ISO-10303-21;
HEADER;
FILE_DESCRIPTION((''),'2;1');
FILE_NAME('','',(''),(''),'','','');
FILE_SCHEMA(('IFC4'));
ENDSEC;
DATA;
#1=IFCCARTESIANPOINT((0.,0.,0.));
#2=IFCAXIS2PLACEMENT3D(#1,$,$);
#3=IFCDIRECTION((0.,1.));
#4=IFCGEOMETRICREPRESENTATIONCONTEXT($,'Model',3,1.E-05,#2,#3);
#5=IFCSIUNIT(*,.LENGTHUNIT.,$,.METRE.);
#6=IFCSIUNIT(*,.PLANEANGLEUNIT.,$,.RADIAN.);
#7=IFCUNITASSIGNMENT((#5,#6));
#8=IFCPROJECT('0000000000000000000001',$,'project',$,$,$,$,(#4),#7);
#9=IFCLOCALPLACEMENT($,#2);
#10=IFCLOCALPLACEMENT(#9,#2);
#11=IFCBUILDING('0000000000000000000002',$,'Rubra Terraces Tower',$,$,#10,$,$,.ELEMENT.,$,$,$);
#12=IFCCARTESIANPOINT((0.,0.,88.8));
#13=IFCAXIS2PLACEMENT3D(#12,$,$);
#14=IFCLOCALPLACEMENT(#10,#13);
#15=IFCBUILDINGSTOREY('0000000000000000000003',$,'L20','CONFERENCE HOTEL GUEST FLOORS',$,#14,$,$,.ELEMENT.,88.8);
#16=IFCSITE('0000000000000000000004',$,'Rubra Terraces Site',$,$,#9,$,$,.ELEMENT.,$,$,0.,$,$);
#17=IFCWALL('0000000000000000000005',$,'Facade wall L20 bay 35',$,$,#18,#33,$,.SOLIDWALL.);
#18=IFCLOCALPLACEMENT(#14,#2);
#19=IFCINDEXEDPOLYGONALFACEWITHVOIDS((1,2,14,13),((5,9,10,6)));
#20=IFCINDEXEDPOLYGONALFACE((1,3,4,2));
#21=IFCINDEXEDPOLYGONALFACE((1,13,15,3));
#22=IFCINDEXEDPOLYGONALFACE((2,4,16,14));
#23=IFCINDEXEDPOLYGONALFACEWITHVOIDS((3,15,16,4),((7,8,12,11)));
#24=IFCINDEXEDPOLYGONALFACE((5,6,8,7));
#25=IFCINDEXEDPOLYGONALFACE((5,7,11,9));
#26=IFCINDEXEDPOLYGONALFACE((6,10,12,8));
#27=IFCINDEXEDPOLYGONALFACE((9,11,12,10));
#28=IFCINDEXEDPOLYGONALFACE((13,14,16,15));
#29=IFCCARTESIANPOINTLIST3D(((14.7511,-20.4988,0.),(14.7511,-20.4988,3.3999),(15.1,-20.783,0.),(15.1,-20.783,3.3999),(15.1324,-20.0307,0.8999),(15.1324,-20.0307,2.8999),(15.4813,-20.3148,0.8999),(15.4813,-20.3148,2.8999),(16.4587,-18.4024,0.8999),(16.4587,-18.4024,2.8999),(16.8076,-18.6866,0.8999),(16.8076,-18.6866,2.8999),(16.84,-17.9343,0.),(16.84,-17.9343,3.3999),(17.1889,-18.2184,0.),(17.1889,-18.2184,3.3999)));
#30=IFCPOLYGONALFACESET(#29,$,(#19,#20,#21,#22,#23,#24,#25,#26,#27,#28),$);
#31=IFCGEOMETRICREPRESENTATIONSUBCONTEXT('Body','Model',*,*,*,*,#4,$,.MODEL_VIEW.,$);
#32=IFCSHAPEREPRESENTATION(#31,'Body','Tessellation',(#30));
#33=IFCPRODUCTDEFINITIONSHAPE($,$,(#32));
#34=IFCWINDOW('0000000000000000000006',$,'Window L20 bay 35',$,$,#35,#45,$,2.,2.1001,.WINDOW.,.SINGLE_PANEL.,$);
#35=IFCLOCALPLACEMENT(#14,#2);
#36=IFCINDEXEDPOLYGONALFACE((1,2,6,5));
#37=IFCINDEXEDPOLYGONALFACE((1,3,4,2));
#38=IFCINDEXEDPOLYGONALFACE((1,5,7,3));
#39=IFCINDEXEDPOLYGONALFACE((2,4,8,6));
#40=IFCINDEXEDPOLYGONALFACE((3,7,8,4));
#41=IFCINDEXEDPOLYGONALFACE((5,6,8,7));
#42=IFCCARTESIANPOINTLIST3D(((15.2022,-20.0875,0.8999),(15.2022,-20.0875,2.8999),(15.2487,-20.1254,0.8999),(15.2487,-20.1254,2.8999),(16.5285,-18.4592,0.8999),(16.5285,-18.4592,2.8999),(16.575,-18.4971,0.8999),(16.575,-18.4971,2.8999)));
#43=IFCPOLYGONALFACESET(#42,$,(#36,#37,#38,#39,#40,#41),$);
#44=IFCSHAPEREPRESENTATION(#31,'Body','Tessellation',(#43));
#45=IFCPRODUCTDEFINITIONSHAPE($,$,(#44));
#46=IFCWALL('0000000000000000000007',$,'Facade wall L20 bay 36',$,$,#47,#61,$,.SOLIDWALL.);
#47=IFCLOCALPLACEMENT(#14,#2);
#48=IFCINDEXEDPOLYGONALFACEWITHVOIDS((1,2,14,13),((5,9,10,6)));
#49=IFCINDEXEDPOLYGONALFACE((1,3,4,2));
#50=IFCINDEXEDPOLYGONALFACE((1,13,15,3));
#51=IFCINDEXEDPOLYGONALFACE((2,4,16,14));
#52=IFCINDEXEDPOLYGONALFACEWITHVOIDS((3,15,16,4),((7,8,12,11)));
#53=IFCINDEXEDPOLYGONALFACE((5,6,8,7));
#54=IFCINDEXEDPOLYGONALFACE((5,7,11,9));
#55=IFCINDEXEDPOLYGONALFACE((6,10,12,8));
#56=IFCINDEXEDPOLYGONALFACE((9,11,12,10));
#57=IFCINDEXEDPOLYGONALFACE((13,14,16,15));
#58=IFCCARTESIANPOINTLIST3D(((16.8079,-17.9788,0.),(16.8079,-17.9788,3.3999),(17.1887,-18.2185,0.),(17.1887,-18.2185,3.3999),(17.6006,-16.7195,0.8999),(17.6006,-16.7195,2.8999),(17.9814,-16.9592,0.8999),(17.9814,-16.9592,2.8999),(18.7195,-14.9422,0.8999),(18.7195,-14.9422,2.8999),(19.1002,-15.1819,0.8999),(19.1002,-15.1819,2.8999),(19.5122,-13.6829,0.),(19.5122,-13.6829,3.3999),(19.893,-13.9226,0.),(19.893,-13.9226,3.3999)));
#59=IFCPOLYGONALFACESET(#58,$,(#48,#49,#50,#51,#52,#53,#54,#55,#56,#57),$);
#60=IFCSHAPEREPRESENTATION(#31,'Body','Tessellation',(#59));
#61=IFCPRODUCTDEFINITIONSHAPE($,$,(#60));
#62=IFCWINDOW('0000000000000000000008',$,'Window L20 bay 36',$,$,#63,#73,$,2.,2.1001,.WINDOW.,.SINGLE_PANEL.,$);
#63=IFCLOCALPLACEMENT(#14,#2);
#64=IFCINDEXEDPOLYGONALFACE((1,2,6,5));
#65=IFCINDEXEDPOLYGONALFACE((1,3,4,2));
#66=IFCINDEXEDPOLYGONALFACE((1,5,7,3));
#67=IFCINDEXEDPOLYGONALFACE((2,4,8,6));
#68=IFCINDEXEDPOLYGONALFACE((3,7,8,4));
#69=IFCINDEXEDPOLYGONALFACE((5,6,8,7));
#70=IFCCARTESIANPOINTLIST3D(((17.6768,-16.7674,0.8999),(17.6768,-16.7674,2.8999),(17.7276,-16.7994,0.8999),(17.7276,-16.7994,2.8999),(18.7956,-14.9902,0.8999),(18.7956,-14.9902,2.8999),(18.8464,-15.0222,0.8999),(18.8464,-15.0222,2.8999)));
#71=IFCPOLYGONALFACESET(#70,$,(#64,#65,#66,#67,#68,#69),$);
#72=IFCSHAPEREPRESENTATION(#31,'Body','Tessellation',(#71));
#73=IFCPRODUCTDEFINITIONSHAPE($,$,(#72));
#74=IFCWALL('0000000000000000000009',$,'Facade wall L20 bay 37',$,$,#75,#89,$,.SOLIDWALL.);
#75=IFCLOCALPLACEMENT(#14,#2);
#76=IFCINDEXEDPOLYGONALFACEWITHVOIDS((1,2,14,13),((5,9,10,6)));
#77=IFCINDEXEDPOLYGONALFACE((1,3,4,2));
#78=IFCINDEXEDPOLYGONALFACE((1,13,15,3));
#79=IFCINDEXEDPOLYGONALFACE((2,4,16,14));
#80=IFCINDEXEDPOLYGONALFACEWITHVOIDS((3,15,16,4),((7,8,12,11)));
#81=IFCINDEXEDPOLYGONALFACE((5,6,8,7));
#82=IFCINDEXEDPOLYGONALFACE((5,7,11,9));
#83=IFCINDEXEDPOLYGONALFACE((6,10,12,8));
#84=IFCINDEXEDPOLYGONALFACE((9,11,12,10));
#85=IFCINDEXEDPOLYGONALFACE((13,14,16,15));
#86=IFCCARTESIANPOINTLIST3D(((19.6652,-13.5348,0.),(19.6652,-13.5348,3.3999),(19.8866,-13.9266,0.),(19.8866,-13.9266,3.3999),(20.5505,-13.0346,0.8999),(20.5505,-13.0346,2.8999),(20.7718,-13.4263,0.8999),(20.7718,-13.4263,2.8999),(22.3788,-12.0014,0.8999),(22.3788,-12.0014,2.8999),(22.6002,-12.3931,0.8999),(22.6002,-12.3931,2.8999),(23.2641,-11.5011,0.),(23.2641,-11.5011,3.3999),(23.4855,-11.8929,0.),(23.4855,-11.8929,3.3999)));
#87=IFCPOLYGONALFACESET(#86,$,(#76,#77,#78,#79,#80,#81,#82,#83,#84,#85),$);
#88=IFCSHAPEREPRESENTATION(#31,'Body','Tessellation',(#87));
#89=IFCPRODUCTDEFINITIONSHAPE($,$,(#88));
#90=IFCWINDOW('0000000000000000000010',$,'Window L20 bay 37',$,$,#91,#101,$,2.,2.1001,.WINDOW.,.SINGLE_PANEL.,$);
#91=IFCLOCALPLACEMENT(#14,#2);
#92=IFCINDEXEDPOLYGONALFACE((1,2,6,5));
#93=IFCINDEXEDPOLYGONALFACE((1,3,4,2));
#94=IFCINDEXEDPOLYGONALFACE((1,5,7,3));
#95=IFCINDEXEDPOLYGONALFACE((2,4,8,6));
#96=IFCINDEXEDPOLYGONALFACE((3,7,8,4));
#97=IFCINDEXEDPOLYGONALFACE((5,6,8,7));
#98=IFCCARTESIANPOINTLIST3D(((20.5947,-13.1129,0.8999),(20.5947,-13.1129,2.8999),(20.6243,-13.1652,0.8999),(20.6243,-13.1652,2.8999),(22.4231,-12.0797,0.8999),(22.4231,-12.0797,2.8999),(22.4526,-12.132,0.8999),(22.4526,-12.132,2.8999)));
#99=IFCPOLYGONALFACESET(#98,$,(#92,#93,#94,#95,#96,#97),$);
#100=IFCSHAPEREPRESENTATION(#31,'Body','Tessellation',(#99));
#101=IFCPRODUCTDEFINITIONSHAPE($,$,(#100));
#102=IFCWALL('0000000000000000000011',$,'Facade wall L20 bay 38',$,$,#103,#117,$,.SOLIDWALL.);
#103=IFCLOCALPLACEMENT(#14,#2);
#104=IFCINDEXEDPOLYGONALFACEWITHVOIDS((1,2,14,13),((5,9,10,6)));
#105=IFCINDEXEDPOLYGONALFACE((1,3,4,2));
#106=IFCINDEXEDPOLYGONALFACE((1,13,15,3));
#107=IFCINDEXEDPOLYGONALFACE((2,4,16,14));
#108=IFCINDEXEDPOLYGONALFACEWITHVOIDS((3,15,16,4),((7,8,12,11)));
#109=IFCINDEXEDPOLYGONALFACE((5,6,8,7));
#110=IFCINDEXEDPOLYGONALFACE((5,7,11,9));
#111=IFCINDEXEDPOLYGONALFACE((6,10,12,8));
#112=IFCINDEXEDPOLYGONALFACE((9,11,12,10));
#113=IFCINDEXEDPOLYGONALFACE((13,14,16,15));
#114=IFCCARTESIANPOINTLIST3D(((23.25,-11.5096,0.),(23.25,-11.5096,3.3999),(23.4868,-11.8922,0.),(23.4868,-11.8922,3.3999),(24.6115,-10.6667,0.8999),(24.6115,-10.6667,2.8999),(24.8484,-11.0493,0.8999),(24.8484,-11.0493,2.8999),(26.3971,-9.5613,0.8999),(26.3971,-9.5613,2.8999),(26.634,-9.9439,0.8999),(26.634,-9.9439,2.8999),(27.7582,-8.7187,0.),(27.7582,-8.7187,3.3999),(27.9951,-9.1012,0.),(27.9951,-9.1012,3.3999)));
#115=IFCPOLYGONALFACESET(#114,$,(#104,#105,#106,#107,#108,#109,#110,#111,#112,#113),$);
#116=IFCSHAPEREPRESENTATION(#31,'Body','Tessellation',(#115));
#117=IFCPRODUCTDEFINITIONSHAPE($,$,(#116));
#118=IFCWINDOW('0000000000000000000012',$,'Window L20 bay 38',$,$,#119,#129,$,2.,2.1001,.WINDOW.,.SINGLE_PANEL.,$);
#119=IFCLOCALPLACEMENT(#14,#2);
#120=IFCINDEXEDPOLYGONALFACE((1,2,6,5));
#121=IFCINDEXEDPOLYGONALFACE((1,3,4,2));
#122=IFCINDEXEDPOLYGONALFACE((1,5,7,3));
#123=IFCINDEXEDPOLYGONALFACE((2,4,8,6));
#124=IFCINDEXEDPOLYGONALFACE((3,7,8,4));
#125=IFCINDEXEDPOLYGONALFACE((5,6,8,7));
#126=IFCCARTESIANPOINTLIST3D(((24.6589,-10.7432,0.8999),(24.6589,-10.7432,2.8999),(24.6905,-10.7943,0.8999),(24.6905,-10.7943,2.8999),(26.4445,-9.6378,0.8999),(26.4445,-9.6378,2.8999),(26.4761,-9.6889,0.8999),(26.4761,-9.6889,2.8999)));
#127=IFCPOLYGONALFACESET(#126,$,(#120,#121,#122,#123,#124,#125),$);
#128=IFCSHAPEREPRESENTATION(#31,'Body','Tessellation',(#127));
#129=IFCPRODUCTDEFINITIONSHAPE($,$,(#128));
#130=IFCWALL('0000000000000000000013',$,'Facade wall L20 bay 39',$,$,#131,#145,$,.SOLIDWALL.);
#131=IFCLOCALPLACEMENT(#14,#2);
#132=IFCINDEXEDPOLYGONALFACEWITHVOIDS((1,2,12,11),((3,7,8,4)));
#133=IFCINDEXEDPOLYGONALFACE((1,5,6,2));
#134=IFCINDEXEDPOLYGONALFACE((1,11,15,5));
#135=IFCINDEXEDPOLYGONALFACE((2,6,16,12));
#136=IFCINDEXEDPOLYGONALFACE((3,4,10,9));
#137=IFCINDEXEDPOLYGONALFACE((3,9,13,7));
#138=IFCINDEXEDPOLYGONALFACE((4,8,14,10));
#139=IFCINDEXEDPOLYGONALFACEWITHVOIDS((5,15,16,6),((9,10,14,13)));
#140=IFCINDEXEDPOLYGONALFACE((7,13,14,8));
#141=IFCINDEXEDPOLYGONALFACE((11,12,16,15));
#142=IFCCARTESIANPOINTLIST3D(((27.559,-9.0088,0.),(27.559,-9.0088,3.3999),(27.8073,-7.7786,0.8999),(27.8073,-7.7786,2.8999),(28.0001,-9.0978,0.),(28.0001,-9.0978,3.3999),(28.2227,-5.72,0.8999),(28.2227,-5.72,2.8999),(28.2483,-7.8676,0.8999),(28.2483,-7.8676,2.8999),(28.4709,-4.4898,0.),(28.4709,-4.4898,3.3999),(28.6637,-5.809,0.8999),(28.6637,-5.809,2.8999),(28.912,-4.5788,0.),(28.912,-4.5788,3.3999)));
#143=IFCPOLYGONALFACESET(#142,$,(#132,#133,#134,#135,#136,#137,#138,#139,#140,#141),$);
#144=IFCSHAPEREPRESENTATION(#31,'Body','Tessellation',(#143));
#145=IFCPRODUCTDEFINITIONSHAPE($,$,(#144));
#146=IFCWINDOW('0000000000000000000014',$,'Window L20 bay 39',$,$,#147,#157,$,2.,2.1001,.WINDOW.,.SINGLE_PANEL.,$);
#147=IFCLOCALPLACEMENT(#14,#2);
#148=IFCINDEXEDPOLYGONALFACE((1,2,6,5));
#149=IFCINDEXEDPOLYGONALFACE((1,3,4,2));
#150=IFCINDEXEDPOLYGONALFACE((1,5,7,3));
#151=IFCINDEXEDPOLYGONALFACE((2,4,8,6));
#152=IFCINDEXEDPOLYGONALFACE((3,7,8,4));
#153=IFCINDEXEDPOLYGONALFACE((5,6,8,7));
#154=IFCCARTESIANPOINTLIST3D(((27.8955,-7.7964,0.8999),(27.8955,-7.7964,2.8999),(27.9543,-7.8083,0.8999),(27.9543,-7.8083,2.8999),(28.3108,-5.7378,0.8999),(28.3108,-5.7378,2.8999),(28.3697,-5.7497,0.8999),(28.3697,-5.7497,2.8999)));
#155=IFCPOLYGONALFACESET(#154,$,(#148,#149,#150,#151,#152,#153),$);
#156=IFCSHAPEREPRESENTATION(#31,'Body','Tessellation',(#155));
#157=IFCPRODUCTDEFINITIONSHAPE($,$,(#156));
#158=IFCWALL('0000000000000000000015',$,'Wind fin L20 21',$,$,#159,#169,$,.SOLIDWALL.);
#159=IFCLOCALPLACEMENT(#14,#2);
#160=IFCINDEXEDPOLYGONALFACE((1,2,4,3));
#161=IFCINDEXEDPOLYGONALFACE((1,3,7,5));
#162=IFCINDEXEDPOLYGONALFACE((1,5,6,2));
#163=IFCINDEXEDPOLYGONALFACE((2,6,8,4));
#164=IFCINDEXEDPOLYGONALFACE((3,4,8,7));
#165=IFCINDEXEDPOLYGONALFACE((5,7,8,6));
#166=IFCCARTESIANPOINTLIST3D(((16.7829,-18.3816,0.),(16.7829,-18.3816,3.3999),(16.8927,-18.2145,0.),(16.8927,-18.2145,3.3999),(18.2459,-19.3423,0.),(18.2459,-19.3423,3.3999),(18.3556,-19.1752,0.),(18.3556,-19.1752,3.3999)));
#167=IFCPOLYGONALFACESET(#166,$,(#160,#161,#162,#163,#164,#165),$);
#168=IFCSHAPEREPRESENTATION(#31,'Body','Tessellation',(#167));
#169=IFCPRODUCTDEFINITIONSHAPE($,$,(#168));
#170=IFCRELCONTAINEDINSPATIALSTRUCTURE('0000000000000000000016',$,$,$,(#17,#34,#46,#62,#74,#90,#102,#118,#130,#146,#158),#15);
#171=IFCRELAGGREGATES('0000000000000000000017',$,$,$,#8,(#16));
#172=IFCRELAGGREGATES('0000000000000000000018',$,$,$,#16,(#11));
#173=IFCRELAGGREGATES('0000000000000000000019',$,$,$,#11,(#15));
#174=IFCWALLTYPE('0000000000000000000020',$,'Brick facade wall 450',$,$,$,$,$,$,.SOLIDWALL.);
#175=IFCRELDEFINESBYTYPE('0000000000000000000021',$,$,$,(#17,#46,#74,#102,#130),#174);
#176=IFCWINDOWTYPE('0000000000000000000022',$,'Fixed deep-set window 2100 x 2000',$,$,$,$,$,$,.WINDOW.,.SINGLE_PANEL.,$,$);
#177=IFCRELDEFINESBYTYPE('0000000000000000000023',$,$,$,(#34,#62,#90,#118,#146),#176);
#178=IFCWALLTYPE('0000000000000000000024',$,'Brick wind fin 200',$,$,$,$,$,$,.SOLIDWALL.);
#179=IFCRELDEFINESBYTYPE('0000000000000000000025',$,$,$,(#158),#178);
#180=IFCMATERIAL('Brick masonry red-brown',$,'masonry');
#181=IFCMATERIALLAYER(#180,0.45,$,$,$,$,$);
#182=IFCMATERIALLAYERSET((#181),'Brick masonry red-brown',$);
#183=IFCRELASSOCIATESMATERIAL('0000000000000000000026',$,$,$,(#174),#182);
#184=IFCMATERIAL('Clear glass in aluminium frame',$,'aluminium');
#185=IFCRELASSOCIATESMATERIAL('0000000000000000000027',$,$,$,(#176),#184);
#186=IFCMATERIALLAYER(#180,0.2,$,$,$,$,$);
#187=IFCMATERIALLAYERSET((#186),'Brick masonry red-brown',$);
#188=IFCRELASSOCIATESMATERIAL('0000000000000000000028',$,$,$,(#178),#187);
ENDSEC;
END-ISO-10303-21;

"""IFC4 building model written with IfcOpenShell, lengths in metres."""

from ifc_helpers import new_model, si_unit, direction, frame, frame_2d, origin, place, context, subcontext, project, spatial, rectangle, extrude, material, layer, layer_set, type_object, element, fill, save


model = new_model("IFC4")

# Units and contexts
model_context = context("Model", 3, precision=1e-05, world=origin(), true_north=direction((0.0, 1.0)))
body_context = subcontext(model_context, "Body", "Model", "MODEL_VIEW")
ifc_project = project(units=[si_unit("LENGTHUNIT", "METRE"), si_unit("PLANEANGLEUNIT", "RADIAN")], contexts=[model_context])

# Site, building, storey
site_placement = place(None, origin())
site = spatial("IfcSite", under=ifc_project, at=site_placement, Name="Rubra Terraces Site", CompositionType="ELEMENT", RefElevation=0.0)
building_placement = place(site_placement, origin())
building = spatial("IfcBuilding", under=site, at=building_placement, Name="Rubra Terraces Tower", CompositionType="ELEMENT")
storey_placement = place(building_placement, frame((0.0, 0.0, 88.8)))
storey = spatial("IfcBuildingStorey", under=building, at=storey_placement, Name="L20", Description="CONFERENCE HOTEL GUEST FLOORS", CompositionType="ELEMENT", Elevation=88.8)

# Walls, openings, windows
ifc_material_1 = material(Name="Brick masonry red-brown", Category="masonry")
ifc_layer_1 = layer(ifc_material_1, 0.45)
ifc_layer_set_1 = layer_set([ifc_layer_1], Name="Brick masonry red-brown")
wall_type_1 = type_object("IfcWallType", Name="Brick facade wall 450", PredefinedType="SOLIDWALL", material=ifc_layer_set_1)
wall_1_placement = place(storey_placement, frame((14.9255, -20.6409, 0.0), z_axis=(0.0, 0.0, 1.0), x_axis=(0.631548, 0.775337, 0.0)))
wall_1 = element("IfcWall", 1, at=wall_1_placement, inside=storey, type_object=wall_type_1, Name="Facade wall L20 bay 35", PredefinedType="SOLIDWALL", context=body_context, shape_type="SweptSolid", body=[
    extrude(rectangle(XDim=3.3076, YDim=0.45, at=frame_2d((1.6538, 0.0))), origin(), (0.0, 0.0, 1.0), 3.3999),
])
opening_1_placement = place(wall_1_placement, frame((0.6038, 0.0, 0.8999)))
opening_1 = element("IfcOpeningElement", 2, at=opening_1_placement, cuts=wall_1, PredefinedType="OPENING", context=body_context, shape_type="SweptSolid", body=[
    extrude(rectangle(XDim=2.1001, YDim=2.0, at=frame_2d((1.05, 1.0))), frame((0.0, 0.2349, 0.0), z_axis=(0.0, -1.0, 0.0), x_axis=(1.0, 0.0, 0.0)), (0.0, 0.0, 1.0), 0.47),
])
ifc_material_2 = material(Name="Clear glass in aluminium frame", Category="aluminium")
window_type = type_object("IfcWindowType", Name="Fixed deep-set window 2100 x 2000", PartitioningType="SINGLE_PANEL", PredefinedType="WINDOW", material=ifc_material_2)
window_1_placement = place(opening_1_placement, origin())
window_1 = element("IfcWindow", 3, at=window_1_placement, inside=storey, type_object=window_type, Name="Window L20 bay 35", OverallHeight=2.0, OverallWidth=2.1001, PartitioningType="SINGLE_PANEL", PredefinedType="WINDOW", context=body_context, shape_type="SweptSolid", body=[
    extrude(rectangle(XDim=2.1001, YDim=2.0, at=frame_2d((1.05, 1.0))), frame((0.0, 0.135, 0.0), z_axis=(0.0, -1.0, 0.0), x_axis=(1.0, 0.0, 0.0)), (0.0, 0.0, 1.0), 0.0601),
])
fill(opening_1, window_1)
wall_2_placement = place(storey_placement, frame((16.9983, -18.0986, 0.0), z_axis=(0.0, 0.0, 1.0), x_axis=(0.532746, 0.846275, 0.0)))
wall_2 = element("IfcWall", 4, at=wall_2_placement, inside=storey, type_object=wall_type_1, Name="Facade wall L20 bay 36", PredefinedType="SOLIDWALL", context=body_context, shape_type="SweptSolid", body=[
    extrude(rectangle(XDim=5.0762, YDim=0.45, at=frame_2d((2.5381, 0.0))), origin(), (0.0, 0.0, 1.0), 3.3999),
])
opening_2_placement = place(wall_2_placement, frame((1.488, 0.0, 0.8999)))
opening_2 = element("IfcOpeningElement", 5, at=opening_2_placement, cuts=wall_2, PredefinedType="OPENING", context=body_context, shape_type="SweptSolid", body=[
    extrude(rectangle(XDim=2.1001, YDim=2.0, at=frame_2d((1.05, 1.0))), frame((0.0, 0.2349, 0.0), z_axis=(0.0, -1.0, 0.0), x_axis=(1.0, 0.0, 0.0)), (0.0, 0.0, 1.0), 0.47),
])
window_2_placement = place(opening_2_placement, origin())
window_2 = element("IfcWindow", 6, at=window_2_placement, inside=storey, type_object=window_type, Name="Window L20 bay 36", OverallHeight=2.0, OverallWidth=2.1001, PartitioningType="SINGLE_PANEL", PredefinedType="WINDOW", context=body_context, shape_type="SweptSolid", body=[
    extrude(rectangle(XDim=2.1001, YDim=2.0, at=frame_2d((1.05, 1.0))), frame((0.0, 0.135, 0.0), z_axis=(0.0, -1.0, 0.0), x_axis=(1.0, 0.0, 0.0)), (0.0, 0.0, 1.0), 0.0601),
])
fill(opening_2, window_2)
wall_3_placement = place(storey_placement, frame((19.7759, -13.7307, 0.0), z_axis=(0.0, 0.0, 1.0), x_axis=(0.87061, 0.491974, 0.0)))
wall_3 = element("IfcWall", 7, at=wall_3_placement, inside=storey, type_object=wall_type_1, Name="Facade wall L20 bay 37", PredefinedType="SOLIDWALL", context=body_context, shape_type="SweptSolid", body=[
    extrude(rectangle(XDim=4.1338, YDim=0.45, at=frame_2d((2.0669, 0.0))), origin(), (0.0, 0.0, 1.0), 3.3999),
])
opening_3_placement = place(wall_3_placement, frame((1.0168, 0.0, 0.8999)))
opening_3 = element("IfcOpeningElement", 8, at=opening_3_placement, cuts=wall_3, PredefinedType="OPENING", context=body_context, shape_type="SweptSolid", body=[
    extrude(rectangle(XDim=2.1001, YDim=2.0, at=frame_2d((1.05, 1.0))), frame((0.0, 0.2349, 0.0), z_axis=(0.0, -1.0, 0.0), x_axis=(1.0, 0.0, 0.0)), (0.0, 0.0, 1.0), 0.47),
])
window_3_placement = place(opening_3_placement, origin())
window_3 = element("IfcWindow", 9, at=window_3_placement, inside=storey, type_object=window_type, Name="Window L20 bay 37", OverallHeight=2.0, OverallWidth=2.1001, PartitioningType="SINGLE_PANEL", PredefinedType="WINDOW", context=body_context, shape_type="SweptSolid", body=[
    extrude(rectangle(XDim=2.1001, YDim=2.0, at=frame_2d((1.05, 1.0))), frame((0.0, 0.135, 0.0), z_axis=(0.0, -1.0, 0.0), x_axis=(1.0, 0.0, 0.0)), (0.0, 0.0, 1.0), 0.0601),
])
fill(opening_3, window_3)
wall_4_placement = place(storey_placement, frame((23.3684, -11.7009, 0.0), z_axis=(0.0, 0.0, 1.0), x_axis=(0.850251, 0.526377, 0.0)))
wall_4 = element("IfcWall", 10, at=wall_4_placement, inside=storey, type_object=wall_type_1, Name="Facade wall L20 bay 38", PredefinedType="SOLIDWALL", context=body_context, shape_type="SweptSolid", body=[
    extrude(rectangle(XDim=5.3022, YDim=0.45, at=frame_2d((2.6511, 0.0))), origin(), (0.0, 0.0, 1.0), 3.3999),
])
opening_4_placement = place(wall_4_placement, frame((1.6013, 0.0, 0.8999)))
opening_4 = element("IfcOpeningElement", 11, at=opening_4_placement, cuts=wall_4, PredefinedType="OPENING", context=body_context, shape_type="SweptSolid", body=[
    extrude(rectangle(XDim=2.1001, YDim=2.0, at=frame_2d((1.05, 1.0))), frame((0.0, 0.2349, 0.0), z_axis=(0.0, -1.0, 0.0), x_axis=(1.0, 0.0, 0.0)), (0.0, 0.0, 1.0), 0.47),
])
window_4_placement = place(opening_4_placement, origin())
window_4 = element("IfcWindow", 12, at=window_4_placement, inside=storey, type_object=window_type, Name="Window L20 bay 38", OverallHeight=2.0, OverallWidth=2.1001, PartitioningType="SINGLE_PANEL", PredefinedType="WINDOW", context=body_context, shape_type="SweptSolid", body=[
    extrude(rectangle(XDim=2.1001, YDim=2.0, at=frame_2d((1.05, 1.0))), frame((0.0, 0.135, 0.0), z_axis=(0.0, -1.0, 0.0), x_axis=(1.0, 0.0, 0.0)), (0.0, 0.0, 1.0), 0.0601),
])
fill(opening_4, window_4)
wall_5_placement = place(storey_placement, frame((27.7795, -9.0535, 0.0), z_axis=(0.0, 0.0, 1.0), x_axis=(0.197796, 0.980243, 0.0)))
wall_5 = element("IfcWall", 13, at=wall_5_placement, inside=storey, type_object=wall_type_1, Name="Facade wall L20 bay 39", PredefinedType="SOLIDWALL", context=body_context, shape_type="SweptSolid", body=[
    extrude(rectangle(XDim=4.6101, YDim=0.45, at=frame_2d((2.3052, 0.0))), origin(), (0.0, 0.0, 1.0), 3.3999),
])
opening_5_placement = place(wall_5_placement, frame((1.2551, 0.0, 0.8999)))
opening_5 = element("IfcOpeningElement", 14, at=opening_5_placement, cuts=wall_5, PredefinedType="OPENING", context=body_context, shape_type="SweptSolid", body=[
    extrude(rectangle(XDim=2.1001, YDim=2.0, at=frame_2d((1.05, 1.0))), frame((0.0, 0.2349, 0.0), z_axis=(0.0, -1.0, 0.0), x_axis=(1.0, 0.0, 0.0)), (0.0, 0.0, 1.0), 0.47),
])
window_5_placement = place(opening_5_placement, origin())
window_5 = element("IfcWindow", 15, at=window_5_placement, inside=storey, type_object=window_type, Name="Window L20 bay 39", OverallHeight=2.0, OverallWidth=2.1001, PartitioningType="SINGLE_PANEL", PredefinedType="WINDOW", context=body_context, shape_type="SweptSolid", body=[
    extrude(rectangle(XDim=2.1001, YDim=2.0, at=frame_2d((1.05, 1.0))), frame((0.0, 0.135, 0.0), z_axis=(0.0, -1.0, 0.0), x_axis=(1.0, 0.0, 0.0)), (0.0, 0.0, 1.0), 0.0601),
])
fill(opening_5, window_5)

# Wall
ifc_layer_2 = layer(ifc_material_1, 0.2)
ifc_layer_set_2 = layer_set([ifc_layer_2], Name="Brick masonry red-brown")
wall_type_2 = type_object("IfcWallType", Name="Brick wind fin 200", PredefinedType="SOLIDWALL", material=ifc_layer_set_2)
wall_6_placement = place(storey_placement, frame((16.8379, -18.2981, 0.0), z_axis=(0.0, 0.0, 1.0), x_axis=(0.835872, -0.548925, 0.0)))
element("IfcWall", 16, at=wall_6_placement, inside=storey, type_object=wall_type_2, Name="Wind fin L20 21", PredefinedType="SOLIDWALL", context=body_context, shape_type="SweptSolid", body=[
    extrude(rectangle(XDim=1.7502, YDim=0.2, at=frame_2d((0.875, 0.0))), origin(), (0.0, 0.0, 1.0), 3.3999),
])

save(model, "model.ifc")
